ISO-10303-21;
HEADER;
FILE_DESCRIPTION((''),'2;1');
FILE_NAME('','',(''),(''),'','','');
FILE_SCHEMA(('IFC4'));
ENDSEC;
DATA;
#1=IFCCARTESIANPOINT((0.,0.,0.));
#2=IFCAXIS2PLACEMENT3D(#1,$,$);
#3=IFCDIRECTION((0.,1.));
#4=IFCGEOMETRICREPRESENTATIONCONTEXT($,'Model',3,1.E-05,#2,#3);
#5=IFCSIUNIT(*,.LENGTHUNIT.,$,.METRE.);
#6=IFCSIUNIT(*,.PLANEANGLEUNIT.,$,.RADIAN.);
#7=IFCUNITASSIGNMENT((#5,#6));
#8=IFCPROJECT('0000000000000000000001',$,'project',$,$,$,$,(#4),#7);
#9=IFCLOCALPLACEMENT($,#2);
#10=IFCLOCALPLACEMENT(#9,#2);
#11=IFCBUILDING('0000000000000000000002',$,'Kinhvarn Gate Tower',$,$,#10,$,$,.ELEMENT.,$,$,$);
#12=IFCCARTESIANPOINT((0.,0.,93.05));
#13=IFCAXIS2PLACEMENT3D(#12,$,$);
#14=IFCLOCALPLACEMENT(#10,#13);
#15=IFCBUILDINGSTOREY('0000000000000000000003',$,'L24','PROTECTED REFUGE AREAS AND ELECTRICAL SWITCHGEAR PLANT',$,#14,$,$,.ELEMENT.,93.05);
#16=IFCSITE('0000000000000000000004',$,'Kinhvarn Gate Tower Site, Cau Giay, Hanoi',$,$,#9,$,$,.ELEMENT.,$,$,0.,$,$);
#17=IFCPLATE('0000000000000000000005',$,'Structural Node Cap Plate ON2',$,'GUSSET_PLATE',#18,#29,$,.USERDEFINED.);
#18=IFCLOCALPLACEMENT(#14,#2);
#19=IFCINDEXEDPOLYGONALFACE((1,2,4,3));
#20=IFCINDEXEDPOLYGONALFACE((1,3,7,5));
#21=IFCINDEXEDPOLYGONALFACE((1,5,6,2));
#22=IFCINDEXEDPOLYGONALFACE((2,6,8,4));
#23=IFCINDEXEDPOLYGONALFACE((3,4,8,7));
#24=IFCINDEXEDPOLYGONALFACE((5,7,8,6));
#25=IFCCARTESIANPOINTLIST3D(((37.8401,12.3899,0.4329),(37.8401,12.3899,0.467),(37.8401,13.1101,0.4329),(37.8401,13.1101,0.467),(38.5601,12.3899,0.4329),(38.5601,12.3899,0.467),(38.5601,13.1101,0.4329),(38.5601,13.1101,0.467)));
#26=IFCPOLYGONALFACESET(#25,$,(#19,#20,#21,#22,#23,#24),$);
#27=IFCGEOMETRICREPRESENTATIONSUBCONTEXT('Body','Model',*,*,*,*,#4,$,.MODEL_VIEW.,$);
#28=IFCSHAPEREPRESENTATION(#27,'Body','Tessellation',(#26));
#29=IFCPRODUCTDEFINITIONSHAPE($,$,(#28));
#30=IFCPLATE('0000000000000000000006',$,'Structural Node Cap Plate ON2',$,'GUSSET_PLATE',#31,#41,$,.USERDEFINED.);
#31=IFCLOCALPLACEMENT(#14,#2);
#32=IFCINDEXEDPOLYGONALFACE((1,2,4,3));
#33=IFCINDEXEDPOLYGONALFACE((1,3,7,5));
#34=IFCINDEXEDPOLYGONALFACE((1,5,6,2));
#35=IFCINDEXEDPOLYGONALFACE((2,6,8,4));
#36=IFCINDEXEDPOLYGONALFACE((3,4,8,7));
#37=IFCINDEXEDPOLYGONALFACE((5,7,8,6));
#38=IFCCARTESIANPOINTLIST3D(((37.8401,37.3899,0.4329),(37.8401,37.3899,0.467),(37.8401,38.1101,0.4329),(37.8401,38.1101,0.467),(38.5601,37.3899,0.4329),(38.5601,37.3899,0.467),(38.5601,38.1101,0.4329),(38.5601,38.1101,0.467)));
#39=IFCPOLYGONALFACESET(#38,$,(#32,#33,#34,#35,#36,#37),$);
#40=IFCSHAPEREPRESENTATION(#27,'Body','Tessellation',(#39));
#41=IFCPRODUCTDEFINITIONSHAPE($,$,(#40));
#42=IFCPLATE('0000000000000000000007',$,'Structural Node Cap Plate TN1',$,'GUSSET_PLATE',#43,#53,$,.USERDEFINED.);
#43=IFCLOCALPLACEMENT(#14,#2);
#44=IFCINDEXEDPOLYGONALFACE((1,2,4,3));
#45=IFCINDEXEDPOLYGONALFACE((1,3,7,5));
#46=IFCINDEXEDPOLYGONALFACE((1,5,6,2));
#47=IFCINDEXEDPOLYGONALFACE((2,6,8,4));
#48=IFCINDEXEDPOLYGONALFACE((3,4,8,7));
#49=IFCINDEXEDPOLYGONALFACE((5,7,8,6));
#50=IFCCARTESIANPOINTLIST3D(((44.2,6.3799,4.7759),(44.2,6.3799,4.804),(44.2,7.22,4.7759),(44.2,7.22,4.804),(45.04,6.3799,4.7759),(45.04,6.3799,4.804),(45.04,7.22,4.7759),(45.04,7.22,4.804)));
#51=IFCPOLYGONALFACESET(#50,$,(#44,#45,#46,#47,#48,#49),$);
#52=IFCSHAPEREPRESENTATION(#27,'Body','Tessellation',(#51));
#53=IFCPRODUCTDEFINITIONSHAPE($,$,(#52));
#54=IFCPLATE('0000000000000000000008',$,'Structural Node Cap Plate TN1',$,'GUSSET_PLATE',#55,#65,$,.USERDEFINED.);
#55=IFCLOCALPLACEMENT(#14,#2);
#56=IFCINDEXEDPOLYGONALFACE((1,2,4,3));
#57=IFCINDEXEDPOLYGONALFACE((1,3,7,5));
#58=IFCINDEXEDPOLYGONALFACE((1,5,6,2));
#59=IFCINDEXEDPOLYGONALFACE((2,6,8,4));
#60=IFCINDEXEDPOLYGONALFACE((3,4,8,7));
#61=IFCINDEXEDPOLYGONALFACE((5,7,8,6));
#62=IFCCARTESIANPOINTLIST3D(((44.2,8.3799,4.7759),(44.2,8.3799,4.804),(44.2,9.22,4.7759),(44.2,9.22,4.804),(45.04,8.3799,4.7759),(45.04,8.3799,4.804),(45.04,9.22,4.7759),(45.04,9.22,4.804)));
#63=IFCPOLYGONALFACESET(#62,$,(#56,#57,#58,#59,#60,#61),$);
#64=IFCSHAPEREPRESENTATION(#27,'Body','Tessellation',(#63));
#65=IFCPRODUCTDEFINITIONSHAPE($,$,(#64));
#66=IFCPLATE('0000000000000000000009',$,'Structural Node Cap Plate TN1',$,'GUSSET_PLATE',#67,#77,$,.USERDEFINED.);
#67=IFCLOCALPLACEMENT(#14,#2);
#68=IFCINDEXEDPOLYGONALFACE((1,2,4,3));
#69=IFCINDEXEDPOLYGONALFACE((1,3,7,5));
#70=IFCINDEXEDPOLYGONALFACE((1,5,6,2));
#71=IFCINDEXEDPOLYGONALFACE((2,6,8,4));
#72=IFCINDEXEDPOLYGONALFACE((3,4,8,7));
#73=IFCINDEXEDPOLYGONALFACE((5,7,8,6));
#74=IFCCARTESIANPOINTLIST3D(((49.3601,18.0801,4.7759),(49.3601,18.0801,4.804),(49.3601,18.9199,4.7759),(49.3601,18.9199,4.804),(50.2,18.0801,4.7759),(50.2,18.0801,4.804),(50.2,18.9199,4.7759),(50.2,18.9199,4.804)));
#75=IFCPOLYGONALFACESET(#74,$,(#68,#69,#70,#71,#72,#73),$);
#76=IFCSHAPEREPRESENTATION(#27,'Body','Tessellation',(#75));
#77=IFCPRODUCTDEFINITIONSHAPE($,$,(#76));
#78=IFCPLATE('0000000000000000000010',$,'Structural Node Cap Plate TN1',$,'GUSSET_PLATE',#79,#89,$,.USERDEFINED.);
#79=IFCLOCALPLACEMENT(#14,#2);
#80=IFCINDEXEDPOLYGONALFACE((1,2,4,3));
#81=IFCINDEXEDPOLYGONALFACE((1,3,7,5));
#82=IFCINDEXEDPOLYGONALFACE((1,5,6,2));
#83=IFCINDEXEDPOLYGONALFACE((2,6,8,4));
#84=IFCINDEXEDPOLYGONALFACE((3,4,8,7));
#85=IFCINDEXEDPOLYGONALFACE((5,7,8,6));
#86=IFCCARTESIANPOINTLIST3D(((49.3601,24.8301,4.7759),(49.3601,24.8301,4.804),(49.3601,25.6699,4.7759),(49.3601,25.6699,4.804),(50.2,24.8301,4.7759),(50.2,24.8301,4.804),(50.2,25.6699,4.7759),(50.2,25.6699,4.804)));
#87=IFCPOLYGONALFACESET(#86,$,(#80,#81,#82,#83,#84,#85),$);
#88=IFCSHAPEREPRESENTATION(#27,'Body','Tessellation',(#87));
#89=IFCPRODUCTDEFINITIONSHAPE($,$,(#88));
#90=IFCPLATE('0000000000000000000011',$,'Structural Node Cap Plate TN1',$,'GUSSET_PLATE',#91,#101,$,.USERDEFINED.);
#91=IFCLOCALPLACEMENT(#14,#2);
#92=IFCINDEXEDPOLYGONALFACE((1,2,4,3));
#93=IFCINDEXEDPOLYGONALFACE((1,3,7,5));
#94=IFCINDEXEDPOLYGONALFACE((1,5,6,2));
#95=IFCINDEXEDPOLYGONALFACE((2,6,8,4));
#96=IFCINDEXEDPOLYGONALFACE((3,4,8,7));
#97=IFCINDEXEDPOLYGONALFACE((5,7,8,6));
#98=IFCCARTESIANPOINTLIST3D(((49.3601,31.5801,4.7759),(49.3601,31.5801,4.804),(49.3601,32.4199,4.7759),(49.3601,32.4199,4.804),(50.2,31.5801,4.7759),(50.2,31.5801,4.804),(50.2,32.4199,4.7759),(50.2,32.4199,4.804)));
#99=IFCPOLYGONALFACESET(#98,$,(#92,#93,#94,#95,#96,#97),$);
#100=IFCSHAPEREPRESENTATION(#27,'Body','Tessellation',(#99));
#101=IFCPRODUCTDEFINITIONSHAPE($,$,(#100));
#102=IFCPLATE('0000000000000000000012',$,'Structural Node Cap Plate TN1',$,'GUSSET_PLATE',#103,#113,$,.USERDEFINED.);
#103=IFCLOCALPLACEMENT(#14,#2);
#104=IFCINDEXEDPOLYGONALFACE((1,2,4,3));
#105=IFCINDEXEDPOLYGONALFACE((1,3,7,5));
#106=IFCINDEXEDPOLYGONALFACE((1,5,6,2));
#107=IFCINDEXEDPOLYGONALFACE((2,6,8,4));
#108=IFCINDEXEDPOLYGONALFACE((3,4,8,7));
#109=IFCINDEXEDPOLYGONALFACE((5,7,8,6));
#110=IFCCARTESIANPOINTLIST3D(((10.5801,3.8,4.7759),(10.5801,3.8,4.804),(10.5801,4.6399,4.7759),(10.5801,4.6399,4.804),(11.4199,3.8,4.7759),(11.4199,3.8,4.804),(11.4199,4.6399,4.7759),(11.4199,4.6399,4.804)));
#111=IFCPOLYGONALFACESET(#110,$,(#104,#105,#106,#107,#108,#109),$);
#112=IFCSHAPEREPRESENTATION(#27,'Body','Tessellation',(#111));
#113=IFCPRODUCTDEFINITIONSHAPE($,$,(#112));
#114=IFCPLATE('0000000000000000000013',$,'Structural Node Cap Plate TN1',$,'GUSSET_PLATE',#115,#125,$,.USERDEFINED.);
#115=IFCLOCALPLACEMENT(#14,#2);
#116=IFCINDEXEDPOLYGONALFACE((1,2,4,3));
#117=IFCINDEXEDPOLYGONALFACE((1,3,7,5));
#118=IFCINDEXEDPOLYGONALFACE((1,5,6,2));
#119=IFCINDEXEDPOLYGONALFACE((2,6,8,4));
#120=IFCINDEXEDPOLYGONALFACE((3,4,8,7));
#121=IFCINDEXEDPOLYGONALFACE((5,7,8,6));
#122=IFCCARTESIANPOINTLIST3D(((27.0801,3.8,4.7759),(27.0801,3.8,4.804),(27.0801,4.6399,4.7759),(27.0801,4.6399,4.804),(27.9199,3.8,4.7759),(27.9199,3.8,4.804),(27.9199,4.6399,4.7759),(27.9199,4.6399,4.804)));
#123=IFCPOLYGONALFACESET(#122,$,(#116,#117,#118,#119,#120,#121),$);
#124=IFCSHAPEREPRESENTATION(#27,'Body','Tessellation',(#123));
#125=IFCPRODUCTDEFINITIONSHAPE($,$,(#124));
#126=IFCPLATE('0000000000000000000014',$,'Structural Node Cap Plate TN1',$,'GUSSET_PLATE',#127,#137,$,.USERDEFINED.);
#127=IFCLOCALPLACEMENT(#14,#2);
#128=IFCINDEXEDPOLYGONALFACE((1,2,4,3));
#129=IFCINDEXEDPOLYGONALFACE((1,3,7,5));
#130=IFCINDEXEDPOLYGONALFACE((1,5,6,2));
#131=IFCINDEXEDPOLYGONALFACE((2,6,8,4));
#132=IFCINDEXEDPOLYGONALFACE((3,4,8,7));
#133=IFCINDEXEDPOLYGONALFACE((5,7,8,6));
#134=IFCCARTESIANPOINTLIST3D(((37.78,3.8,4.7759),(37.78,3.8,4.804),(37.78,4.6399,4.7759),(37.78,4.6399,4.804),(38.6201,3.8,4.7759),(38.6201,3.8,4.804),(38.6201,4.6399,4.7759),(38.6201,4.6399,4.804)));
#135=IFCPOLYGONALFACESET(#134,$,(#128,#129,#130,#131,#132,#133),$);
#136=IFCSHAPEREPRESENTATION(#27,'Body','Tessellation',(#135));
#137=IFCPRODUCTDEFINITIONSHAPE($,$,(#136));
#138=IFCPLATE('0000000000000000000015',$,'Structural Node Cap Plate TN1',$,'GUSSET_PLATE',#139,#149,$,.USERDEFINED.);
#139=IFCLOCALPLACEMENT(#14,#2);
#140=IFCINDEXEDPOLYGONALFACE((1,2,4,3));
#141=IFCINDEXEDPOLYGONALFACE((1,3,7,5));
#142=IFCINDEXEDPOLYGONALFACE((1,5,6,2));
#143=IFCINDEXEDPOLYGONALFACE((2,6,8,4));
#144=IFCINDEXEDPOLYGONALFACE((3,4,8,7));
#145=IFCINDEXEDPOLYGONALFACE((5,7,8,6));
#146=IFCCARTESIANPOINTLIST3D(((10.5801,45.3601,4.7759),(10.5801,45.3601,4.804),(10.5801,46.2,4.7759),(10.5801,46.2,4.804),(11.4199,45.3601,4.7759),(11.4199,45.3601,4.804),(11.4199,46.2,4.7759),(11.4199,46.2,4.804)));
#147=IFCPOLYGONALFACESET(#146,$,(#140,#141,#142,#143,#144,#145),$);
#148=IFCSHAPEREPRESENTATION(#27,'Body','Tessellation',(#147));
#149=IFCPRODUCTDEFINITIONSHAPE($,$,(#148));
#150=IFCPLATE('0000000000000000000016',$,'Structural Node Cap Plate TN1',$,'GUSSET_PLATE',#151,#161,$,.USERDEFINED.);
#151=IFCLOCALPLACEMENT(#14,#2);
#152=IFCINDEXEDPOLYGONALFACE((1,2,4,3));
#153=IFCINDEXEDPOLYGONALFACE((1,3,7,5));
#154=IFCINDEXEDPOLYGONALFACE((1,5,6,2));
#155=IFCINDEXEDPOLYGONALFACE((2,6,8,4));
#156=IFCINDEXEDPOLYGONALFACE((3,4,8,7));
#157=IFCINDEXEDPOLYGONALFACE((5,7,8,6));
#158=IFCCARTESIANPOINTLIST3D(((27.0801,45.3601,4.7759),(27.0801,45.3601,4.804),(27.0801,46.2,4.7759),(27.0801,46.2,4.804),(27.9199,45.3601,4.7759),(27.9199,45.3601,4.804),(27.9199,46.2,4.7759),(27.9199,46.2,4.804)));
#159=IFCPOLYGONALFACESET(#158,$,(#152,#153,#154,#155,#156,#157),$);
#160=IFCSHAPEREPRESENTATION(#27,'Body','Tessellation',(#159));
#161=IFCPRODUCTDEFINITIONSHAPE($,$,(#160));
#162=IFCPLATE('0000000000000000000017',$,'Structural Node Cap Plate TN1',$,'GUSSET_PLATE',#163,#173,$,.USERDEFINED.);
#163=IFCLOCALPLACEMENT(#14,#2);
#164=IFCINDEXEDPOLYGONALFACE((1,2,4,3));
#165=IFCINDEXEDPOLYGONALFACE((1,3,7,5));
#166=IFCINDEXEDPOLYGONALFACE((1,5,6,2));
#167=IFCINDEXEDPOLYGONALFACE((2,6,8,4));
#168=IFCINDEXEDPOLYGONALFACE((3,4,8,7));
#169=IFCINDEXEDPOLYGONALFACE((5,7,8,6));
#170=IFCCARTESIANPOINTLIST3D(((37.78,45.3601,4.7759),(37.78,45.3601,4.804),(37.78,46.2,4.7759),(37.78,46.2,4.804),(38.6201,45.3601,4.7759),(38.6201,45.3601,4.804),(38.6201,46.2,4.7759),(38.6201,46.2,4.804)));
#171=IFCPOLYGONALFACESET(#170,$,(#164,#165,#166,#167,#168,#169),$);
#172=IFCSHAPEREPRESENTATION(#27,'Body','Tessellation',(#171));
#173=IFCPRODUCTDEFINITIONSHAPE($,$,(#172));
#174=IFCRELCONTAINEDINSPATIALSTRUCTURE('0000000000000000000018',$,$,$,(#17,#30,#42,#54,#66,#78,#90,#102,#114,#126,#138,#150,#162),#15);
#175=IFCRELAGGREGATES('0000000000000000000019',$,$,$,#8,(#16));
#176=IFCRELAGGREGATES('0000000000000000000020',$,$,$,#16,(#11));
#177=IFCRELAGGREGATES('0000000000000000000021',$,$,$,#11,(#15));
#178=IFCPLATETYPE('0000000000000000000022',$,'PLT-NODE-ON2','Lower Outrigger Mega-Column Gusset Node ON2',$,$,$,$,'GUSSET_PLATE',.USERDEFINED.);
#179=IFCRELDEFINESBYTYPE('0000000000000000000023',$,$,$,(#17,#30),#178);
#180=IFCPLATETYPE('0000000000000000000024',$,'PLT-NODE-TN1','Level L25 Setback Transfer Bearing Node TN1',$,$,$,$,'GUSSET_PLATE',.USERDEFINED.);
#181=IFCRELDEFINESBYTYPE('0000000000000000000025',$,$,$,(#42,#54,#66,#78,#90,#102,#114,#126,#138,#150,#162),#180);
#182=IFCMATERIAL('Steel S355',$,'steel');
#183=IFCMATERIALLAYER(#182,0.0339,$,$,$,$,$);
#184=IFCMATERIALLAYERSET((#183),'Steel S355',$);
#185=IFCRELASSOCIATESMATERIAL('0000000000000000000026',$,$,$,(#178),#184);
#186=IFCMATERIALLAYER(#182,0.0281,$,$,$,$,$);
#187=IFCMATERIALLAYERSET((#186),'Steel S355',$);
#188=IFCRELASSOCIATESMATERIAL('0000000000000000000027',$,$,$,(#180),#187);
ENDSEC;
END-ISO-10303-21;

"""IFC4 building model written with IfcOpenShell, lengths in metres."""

from ifc_helpers import new_model, si_unit, direction, frame, origin, place, context, subcontext, project, spatial, polyline, outline, extrude, material, layer, layer_set, type_object, element, save


model = new_model("IFC4")

# Units and contexts
model_context = context("Model", 3, precision=1e-05, world=origin(), true_north=direction((0.0, 1.0)))
body_context = subcontext(model_context, "Body", "Model", "MODEL_VIEW")
ifc_project = project(units=[si_unit("LENGTHUNIT", "METRE"), si_unit("PLANEANGLEUNIT", "RADIAN")], contexts=[model_context])

# Site, building, storey
site_placement = place(None, origin())
site = spatial("IfcSite", under=ifc_project, at=site_placement, Name="Kinhvarn Gate Tower Site, Cau Giay, Hanoi", CompositionType="ELEMENT", RefElevation=0.0)
building_placement = place(site_placement, origin())
building = spatial("IfcBuilding", under=site, at=building_placement, Name="Kinhvarn Gate Tower", CompositionType="ELEMENT")
storey_placement = place(building_placement, frame((0.0, 0.0, 93.05)))
storey = spatial("IfcBuildingStorey", under=building, at=storey_placement, Name="L24", Description="PROTECTED REFUGE AREAS AND ELECTRICAL SWITCHGEAR PLANT", CompositionType="ELEMENT", Elevation=93.05)

# Plates
ifc_material_1 = material(Name="Steel S355", Category="steel")
ifc_layer_1 = layer(ifc_material_1, 0.0339)
ifc_layer_set_1 = layer_set([ifc_layer_1], Name="Steel S355")
plate_type_1 = type_object("IfcPlateType", Name="PLT-NODE-ON2", Description="Lower Outrigger Mega-Column Gusset Node ON2", ElementType="GUSSET_PLATE", PredefinedType="USERDEFINED", material=ifc_layer_set_1)
plate_1_placement = place(storey_placement, frame((0.0, 0.0, 0.4329)))
element("IfcPlate", 1, at=plate_1_placement, inside=storey, type_object=plate_type_1, Name="Structural Node Cap Plate ON2", ObjectType="GUSSET_PLATE", PredefinedType="USERDEFINED", context=body_context, shape_type="SweptSolid", body=[
    extrude(outline(polyline([(37.8401, 12.3899), (38.5601, 12.3899), (38.5601, 13.1101), (37.8401, 13.1101), (37.8401, 12.3899)])), origin(), (0.0, 0.0, 1.0), 0.0342),
])
plate_2_placement = place(storey_placement, frame((0.0, 0.0, 0.4329)))
element("IfcPlate", 2, at=plate_2_placement, inside=storey, type_object=plate_type_1, Name="Structural Node Cap Plate ON2", ObjectType="GUSSET_PLATE", PredefinedType="USERDEFINED", context=body_context, shape_type="SweptSolid", body=[
    extrude(outline(polyline([(37.8401, 37.3899), (38.5601, 37.3899), (38.5601, 38.1101), (37.8401, 38.1101), (37.8401, 37.3899)])), origin(), (0.0, 0.0, 1.0), 0.0342),
])
ifc_layer_2 = layer(ifc_material_1, 0.0281)
ifc_layer_set_2 = layer_set([ifc_layer_2], Name="Steel S355")
plate_type_2 = type_object("IfcPlateType", Name="PLT-NODE-TN1", Description="Level L25 Setback Transfer Bearing Node TN1", ElementType="GUSSET_PLATE", PredefinedType="USERDEFINED", material=ifc_layer_set_2)
plate_3_placement = place(storey_placement, frame((0.0, 0.0, 4.7759)))
element("IfcPlate", 3, at=plate_3_placement, inside=storey, type_object=plate_type_2, Name="Structural Node Cap Plate TN1", ObjectType="GUSSET_PLATE", PredefinedType="USERDEFINED", context=body_context, shape_type="SweptSolid", body=[
    extrude(outline(polyline([(44.2, 6.3799), (45.04, 6.3799), (45.04, 7.22), (44.2, 7.22), (44.2, 6.3799)])), origin(), (0.0, 0.0, 1.0), 0.0281),
])
plate_4_placement = place(storey_placement, frame((0.0, 0.0, 4.7759)))
element("IfcPlate", 4, at=plate_4_placement, inside=storey, type_object=plate_type_2, Name="Structural Node Cap Plate TN1", ObjectType="GUSSET_PLATE", PredefinedType="USERDEFINED", context=body_context, shape_type="SweptSolid", body=[
    extrude(outline(polyline([(44.2, 8.3799), (45.04, 8.3799), (45.04, 9.22), (44.2, 9.22), (44.2, 8.3799)])), origin(), (0.0, 0.0, 1.0), 0.0281),
])
plate_5_placement = place(storey_placement, frame((0.0, 0.0, 4.7759)))
element("IfcPlate", 5, at=plate_5_placement, inside=storey, type_object=plate_type_2, Name="Structural Node Cap Plate TN1", ObjectType="GUSSET_PLATE", PredefinedType="USERDEFINED", context=body_context, shape_type="SweptSolid", body=[
    extrude(outline(polyline([(49.3601, 18.0801), (50.2, 18.0801), (50.2, 18.9199), (49.3601, 18.9199), (49.3601, 18.0801)])), origin(), (0.0, 0.0, 1.0), 0.0281),
])
plate_6_placement = place(storey_placement, frame((0.0, 0.0, 4.7759)))
element("IfcPlate", 6, at=plate_6_placement, inside=storey, type_object=plate_type_2, Name="Structural Node Cap Plate TN1", ObjectType="GUSSET_PLATE", PredefinedType="USERDEFINED", context=body_context, shape_type="SweptSolid", body=[
    extrude(outline(polyline([(49.3601, 24.8301), (50.2, 24.8301), (50.2, 25.6699), (49.3601, 25.6699), (49.3601, 24.8301)])), origin(), (0.0, 0.0, 1.0), 0.0281),
])
plate_7_placement = place(storey_placement, frame((0.0, 0.0, 4.7759)))
element("IfcPlate", 7, at=plate_7_placement, inside=storey, type_object=plate_type_2, Name="Structural Node Cap Plate TN1", ObjectType="GUSSET_PLATE", PredefinedType="USERDEFINED", context=body_context, shape_type="SweptSolid", body=[
    extrude(outline(polyline([(49.3601, 31.5801), (50.2, 31.5801), (50.2, 32.4199), (49.3601, 32.4199), (49.3601, 31.5801)])), origin(), (0.0, 0.0, 1.0), 0.0281),
])
plate_8_placement = place(storey_placement, frame((0.0, 0.0, 4.7759)))
element("IfcPlate", 8, at=plate_8_placement, inside=storey, type_object=plate_type_2, Name="Structural Node Cap Plate TN1", ObjectType="GUSSET_PLATE", PredefinedType="USERDEFINED", context=body_context, shape_type="SweptSolid", body=[
    extrude(outline(polyline([(10.5801, 3.8), (11.4199, 3.8), (11.4199, 4.6399), (10.5801, 4.6399), (10.5801, 3.8)])), origin(), (0.0, 0.0, 1.0), 0.0281),
])
plate_9_placement = place(storey_placement, frame((0.0, 0.0, 4.7759)))
element("IfcPlate", 9, at=plate_9_placement, inside=storey, type_object=plate_type_2, Name="Structural Node Cap Plate TN1", ObjectType="GUSSET_PLATE", PredefinedType="USERDEFINED", context=body_context, shape_type="SweptSolid", body=[
    extrude(outline(polyline([(27.0801, 3.8), (27.9199, 3.8), (27.9199, 4.6399), (27.0801, 4.6399), (27.0801, 3.8)])), origin(), (0.0, 0.0, 1.0), 0.0281),
])
plate_10_placement = place(storey_placement, frame((0.0, 0.0, 4.7759)))
element("IfcPlate", 10, at=plate_10_placement, inside=storey, type_object=plate_type_2, Name="Structural Node Cap Plate TN1", ObjectType="GUSSET_PLATE", PredefinedType="USERDEFINED", context=body_context, shape_type="SweptSolid", body=[
    extrude(outline(polyline([(37.78, 3.8), (38.6201, 3.8), (38.6201, 4.6399), (37.78, 4.6399), (37.78, 3.8)])), origin(), (0.0, 0.0, 1.0), 0.0281),
])
plate_11_placement = place(storey_placement, frame((0.0, 0.0, 4.7759)))
element("IfcPlate", 11, at=plate_11_placement, inside=storey, type_object=plate_type_2, Name="Structural Node Cap Plate TN1", ObjectType="GUSSET_PLATE", PredefinedType="USERDEFINED", context=body_context, shape_type="SweptSolid", body=[
    extrude(outline(polyline([(10.5801, 45.3601), (11.4199, 45.3601), (11.4199, 46.2), (10.5801, 46.2), (10.5801, 45.3601)])), origin(), (0.0, 0.0, 1.0), 0.0281),
])
plate_12_placement = place(storey_placement, frame((0.0, 0.0, 4.7759)))
element("IfcPlate", 12, at=plate_12_placement, inside=storey, type_object=plate_type_2, Name="Structural Node Cap Plate TN1", ObjectType="GUSSET_PLATE", PredefinedType="USERDEFINED", context=body_context, shape_type="SweptSolid", body=[
    extrude(outline(polyline([(27.0801, 45.3601), (27.9199, 45.3601), (27.9199, 46.2), (27.0801, 46.2), (27.0801, 45.3601)])), origin(), (0.0, 0.0, 1.0), 0.0281),
])
plate_13_placement = place(storey_placement, frame((0.0, 0.0, 4.7759)))
element("IfcPlate", 13, at=plate_13_placement, inside=storey, type_object=plate_type_2, Name="Structural Node Cap Plate TN1", ObjectType="GUSSET_PLATE", PredefinedType="USERDEFINED", context=body_context, shape_type="SweptSolid", body=[
    extrude(outline(polyline([(37.78, 45.3601), (38.6201, 45.3601), (38.6201, 46.2), (37.78, 46.2), (37.78, 45.3601)])), origin(), (0.0, 0.0, 1.0), 0.0281),
])

save(model, "model.ifc")
